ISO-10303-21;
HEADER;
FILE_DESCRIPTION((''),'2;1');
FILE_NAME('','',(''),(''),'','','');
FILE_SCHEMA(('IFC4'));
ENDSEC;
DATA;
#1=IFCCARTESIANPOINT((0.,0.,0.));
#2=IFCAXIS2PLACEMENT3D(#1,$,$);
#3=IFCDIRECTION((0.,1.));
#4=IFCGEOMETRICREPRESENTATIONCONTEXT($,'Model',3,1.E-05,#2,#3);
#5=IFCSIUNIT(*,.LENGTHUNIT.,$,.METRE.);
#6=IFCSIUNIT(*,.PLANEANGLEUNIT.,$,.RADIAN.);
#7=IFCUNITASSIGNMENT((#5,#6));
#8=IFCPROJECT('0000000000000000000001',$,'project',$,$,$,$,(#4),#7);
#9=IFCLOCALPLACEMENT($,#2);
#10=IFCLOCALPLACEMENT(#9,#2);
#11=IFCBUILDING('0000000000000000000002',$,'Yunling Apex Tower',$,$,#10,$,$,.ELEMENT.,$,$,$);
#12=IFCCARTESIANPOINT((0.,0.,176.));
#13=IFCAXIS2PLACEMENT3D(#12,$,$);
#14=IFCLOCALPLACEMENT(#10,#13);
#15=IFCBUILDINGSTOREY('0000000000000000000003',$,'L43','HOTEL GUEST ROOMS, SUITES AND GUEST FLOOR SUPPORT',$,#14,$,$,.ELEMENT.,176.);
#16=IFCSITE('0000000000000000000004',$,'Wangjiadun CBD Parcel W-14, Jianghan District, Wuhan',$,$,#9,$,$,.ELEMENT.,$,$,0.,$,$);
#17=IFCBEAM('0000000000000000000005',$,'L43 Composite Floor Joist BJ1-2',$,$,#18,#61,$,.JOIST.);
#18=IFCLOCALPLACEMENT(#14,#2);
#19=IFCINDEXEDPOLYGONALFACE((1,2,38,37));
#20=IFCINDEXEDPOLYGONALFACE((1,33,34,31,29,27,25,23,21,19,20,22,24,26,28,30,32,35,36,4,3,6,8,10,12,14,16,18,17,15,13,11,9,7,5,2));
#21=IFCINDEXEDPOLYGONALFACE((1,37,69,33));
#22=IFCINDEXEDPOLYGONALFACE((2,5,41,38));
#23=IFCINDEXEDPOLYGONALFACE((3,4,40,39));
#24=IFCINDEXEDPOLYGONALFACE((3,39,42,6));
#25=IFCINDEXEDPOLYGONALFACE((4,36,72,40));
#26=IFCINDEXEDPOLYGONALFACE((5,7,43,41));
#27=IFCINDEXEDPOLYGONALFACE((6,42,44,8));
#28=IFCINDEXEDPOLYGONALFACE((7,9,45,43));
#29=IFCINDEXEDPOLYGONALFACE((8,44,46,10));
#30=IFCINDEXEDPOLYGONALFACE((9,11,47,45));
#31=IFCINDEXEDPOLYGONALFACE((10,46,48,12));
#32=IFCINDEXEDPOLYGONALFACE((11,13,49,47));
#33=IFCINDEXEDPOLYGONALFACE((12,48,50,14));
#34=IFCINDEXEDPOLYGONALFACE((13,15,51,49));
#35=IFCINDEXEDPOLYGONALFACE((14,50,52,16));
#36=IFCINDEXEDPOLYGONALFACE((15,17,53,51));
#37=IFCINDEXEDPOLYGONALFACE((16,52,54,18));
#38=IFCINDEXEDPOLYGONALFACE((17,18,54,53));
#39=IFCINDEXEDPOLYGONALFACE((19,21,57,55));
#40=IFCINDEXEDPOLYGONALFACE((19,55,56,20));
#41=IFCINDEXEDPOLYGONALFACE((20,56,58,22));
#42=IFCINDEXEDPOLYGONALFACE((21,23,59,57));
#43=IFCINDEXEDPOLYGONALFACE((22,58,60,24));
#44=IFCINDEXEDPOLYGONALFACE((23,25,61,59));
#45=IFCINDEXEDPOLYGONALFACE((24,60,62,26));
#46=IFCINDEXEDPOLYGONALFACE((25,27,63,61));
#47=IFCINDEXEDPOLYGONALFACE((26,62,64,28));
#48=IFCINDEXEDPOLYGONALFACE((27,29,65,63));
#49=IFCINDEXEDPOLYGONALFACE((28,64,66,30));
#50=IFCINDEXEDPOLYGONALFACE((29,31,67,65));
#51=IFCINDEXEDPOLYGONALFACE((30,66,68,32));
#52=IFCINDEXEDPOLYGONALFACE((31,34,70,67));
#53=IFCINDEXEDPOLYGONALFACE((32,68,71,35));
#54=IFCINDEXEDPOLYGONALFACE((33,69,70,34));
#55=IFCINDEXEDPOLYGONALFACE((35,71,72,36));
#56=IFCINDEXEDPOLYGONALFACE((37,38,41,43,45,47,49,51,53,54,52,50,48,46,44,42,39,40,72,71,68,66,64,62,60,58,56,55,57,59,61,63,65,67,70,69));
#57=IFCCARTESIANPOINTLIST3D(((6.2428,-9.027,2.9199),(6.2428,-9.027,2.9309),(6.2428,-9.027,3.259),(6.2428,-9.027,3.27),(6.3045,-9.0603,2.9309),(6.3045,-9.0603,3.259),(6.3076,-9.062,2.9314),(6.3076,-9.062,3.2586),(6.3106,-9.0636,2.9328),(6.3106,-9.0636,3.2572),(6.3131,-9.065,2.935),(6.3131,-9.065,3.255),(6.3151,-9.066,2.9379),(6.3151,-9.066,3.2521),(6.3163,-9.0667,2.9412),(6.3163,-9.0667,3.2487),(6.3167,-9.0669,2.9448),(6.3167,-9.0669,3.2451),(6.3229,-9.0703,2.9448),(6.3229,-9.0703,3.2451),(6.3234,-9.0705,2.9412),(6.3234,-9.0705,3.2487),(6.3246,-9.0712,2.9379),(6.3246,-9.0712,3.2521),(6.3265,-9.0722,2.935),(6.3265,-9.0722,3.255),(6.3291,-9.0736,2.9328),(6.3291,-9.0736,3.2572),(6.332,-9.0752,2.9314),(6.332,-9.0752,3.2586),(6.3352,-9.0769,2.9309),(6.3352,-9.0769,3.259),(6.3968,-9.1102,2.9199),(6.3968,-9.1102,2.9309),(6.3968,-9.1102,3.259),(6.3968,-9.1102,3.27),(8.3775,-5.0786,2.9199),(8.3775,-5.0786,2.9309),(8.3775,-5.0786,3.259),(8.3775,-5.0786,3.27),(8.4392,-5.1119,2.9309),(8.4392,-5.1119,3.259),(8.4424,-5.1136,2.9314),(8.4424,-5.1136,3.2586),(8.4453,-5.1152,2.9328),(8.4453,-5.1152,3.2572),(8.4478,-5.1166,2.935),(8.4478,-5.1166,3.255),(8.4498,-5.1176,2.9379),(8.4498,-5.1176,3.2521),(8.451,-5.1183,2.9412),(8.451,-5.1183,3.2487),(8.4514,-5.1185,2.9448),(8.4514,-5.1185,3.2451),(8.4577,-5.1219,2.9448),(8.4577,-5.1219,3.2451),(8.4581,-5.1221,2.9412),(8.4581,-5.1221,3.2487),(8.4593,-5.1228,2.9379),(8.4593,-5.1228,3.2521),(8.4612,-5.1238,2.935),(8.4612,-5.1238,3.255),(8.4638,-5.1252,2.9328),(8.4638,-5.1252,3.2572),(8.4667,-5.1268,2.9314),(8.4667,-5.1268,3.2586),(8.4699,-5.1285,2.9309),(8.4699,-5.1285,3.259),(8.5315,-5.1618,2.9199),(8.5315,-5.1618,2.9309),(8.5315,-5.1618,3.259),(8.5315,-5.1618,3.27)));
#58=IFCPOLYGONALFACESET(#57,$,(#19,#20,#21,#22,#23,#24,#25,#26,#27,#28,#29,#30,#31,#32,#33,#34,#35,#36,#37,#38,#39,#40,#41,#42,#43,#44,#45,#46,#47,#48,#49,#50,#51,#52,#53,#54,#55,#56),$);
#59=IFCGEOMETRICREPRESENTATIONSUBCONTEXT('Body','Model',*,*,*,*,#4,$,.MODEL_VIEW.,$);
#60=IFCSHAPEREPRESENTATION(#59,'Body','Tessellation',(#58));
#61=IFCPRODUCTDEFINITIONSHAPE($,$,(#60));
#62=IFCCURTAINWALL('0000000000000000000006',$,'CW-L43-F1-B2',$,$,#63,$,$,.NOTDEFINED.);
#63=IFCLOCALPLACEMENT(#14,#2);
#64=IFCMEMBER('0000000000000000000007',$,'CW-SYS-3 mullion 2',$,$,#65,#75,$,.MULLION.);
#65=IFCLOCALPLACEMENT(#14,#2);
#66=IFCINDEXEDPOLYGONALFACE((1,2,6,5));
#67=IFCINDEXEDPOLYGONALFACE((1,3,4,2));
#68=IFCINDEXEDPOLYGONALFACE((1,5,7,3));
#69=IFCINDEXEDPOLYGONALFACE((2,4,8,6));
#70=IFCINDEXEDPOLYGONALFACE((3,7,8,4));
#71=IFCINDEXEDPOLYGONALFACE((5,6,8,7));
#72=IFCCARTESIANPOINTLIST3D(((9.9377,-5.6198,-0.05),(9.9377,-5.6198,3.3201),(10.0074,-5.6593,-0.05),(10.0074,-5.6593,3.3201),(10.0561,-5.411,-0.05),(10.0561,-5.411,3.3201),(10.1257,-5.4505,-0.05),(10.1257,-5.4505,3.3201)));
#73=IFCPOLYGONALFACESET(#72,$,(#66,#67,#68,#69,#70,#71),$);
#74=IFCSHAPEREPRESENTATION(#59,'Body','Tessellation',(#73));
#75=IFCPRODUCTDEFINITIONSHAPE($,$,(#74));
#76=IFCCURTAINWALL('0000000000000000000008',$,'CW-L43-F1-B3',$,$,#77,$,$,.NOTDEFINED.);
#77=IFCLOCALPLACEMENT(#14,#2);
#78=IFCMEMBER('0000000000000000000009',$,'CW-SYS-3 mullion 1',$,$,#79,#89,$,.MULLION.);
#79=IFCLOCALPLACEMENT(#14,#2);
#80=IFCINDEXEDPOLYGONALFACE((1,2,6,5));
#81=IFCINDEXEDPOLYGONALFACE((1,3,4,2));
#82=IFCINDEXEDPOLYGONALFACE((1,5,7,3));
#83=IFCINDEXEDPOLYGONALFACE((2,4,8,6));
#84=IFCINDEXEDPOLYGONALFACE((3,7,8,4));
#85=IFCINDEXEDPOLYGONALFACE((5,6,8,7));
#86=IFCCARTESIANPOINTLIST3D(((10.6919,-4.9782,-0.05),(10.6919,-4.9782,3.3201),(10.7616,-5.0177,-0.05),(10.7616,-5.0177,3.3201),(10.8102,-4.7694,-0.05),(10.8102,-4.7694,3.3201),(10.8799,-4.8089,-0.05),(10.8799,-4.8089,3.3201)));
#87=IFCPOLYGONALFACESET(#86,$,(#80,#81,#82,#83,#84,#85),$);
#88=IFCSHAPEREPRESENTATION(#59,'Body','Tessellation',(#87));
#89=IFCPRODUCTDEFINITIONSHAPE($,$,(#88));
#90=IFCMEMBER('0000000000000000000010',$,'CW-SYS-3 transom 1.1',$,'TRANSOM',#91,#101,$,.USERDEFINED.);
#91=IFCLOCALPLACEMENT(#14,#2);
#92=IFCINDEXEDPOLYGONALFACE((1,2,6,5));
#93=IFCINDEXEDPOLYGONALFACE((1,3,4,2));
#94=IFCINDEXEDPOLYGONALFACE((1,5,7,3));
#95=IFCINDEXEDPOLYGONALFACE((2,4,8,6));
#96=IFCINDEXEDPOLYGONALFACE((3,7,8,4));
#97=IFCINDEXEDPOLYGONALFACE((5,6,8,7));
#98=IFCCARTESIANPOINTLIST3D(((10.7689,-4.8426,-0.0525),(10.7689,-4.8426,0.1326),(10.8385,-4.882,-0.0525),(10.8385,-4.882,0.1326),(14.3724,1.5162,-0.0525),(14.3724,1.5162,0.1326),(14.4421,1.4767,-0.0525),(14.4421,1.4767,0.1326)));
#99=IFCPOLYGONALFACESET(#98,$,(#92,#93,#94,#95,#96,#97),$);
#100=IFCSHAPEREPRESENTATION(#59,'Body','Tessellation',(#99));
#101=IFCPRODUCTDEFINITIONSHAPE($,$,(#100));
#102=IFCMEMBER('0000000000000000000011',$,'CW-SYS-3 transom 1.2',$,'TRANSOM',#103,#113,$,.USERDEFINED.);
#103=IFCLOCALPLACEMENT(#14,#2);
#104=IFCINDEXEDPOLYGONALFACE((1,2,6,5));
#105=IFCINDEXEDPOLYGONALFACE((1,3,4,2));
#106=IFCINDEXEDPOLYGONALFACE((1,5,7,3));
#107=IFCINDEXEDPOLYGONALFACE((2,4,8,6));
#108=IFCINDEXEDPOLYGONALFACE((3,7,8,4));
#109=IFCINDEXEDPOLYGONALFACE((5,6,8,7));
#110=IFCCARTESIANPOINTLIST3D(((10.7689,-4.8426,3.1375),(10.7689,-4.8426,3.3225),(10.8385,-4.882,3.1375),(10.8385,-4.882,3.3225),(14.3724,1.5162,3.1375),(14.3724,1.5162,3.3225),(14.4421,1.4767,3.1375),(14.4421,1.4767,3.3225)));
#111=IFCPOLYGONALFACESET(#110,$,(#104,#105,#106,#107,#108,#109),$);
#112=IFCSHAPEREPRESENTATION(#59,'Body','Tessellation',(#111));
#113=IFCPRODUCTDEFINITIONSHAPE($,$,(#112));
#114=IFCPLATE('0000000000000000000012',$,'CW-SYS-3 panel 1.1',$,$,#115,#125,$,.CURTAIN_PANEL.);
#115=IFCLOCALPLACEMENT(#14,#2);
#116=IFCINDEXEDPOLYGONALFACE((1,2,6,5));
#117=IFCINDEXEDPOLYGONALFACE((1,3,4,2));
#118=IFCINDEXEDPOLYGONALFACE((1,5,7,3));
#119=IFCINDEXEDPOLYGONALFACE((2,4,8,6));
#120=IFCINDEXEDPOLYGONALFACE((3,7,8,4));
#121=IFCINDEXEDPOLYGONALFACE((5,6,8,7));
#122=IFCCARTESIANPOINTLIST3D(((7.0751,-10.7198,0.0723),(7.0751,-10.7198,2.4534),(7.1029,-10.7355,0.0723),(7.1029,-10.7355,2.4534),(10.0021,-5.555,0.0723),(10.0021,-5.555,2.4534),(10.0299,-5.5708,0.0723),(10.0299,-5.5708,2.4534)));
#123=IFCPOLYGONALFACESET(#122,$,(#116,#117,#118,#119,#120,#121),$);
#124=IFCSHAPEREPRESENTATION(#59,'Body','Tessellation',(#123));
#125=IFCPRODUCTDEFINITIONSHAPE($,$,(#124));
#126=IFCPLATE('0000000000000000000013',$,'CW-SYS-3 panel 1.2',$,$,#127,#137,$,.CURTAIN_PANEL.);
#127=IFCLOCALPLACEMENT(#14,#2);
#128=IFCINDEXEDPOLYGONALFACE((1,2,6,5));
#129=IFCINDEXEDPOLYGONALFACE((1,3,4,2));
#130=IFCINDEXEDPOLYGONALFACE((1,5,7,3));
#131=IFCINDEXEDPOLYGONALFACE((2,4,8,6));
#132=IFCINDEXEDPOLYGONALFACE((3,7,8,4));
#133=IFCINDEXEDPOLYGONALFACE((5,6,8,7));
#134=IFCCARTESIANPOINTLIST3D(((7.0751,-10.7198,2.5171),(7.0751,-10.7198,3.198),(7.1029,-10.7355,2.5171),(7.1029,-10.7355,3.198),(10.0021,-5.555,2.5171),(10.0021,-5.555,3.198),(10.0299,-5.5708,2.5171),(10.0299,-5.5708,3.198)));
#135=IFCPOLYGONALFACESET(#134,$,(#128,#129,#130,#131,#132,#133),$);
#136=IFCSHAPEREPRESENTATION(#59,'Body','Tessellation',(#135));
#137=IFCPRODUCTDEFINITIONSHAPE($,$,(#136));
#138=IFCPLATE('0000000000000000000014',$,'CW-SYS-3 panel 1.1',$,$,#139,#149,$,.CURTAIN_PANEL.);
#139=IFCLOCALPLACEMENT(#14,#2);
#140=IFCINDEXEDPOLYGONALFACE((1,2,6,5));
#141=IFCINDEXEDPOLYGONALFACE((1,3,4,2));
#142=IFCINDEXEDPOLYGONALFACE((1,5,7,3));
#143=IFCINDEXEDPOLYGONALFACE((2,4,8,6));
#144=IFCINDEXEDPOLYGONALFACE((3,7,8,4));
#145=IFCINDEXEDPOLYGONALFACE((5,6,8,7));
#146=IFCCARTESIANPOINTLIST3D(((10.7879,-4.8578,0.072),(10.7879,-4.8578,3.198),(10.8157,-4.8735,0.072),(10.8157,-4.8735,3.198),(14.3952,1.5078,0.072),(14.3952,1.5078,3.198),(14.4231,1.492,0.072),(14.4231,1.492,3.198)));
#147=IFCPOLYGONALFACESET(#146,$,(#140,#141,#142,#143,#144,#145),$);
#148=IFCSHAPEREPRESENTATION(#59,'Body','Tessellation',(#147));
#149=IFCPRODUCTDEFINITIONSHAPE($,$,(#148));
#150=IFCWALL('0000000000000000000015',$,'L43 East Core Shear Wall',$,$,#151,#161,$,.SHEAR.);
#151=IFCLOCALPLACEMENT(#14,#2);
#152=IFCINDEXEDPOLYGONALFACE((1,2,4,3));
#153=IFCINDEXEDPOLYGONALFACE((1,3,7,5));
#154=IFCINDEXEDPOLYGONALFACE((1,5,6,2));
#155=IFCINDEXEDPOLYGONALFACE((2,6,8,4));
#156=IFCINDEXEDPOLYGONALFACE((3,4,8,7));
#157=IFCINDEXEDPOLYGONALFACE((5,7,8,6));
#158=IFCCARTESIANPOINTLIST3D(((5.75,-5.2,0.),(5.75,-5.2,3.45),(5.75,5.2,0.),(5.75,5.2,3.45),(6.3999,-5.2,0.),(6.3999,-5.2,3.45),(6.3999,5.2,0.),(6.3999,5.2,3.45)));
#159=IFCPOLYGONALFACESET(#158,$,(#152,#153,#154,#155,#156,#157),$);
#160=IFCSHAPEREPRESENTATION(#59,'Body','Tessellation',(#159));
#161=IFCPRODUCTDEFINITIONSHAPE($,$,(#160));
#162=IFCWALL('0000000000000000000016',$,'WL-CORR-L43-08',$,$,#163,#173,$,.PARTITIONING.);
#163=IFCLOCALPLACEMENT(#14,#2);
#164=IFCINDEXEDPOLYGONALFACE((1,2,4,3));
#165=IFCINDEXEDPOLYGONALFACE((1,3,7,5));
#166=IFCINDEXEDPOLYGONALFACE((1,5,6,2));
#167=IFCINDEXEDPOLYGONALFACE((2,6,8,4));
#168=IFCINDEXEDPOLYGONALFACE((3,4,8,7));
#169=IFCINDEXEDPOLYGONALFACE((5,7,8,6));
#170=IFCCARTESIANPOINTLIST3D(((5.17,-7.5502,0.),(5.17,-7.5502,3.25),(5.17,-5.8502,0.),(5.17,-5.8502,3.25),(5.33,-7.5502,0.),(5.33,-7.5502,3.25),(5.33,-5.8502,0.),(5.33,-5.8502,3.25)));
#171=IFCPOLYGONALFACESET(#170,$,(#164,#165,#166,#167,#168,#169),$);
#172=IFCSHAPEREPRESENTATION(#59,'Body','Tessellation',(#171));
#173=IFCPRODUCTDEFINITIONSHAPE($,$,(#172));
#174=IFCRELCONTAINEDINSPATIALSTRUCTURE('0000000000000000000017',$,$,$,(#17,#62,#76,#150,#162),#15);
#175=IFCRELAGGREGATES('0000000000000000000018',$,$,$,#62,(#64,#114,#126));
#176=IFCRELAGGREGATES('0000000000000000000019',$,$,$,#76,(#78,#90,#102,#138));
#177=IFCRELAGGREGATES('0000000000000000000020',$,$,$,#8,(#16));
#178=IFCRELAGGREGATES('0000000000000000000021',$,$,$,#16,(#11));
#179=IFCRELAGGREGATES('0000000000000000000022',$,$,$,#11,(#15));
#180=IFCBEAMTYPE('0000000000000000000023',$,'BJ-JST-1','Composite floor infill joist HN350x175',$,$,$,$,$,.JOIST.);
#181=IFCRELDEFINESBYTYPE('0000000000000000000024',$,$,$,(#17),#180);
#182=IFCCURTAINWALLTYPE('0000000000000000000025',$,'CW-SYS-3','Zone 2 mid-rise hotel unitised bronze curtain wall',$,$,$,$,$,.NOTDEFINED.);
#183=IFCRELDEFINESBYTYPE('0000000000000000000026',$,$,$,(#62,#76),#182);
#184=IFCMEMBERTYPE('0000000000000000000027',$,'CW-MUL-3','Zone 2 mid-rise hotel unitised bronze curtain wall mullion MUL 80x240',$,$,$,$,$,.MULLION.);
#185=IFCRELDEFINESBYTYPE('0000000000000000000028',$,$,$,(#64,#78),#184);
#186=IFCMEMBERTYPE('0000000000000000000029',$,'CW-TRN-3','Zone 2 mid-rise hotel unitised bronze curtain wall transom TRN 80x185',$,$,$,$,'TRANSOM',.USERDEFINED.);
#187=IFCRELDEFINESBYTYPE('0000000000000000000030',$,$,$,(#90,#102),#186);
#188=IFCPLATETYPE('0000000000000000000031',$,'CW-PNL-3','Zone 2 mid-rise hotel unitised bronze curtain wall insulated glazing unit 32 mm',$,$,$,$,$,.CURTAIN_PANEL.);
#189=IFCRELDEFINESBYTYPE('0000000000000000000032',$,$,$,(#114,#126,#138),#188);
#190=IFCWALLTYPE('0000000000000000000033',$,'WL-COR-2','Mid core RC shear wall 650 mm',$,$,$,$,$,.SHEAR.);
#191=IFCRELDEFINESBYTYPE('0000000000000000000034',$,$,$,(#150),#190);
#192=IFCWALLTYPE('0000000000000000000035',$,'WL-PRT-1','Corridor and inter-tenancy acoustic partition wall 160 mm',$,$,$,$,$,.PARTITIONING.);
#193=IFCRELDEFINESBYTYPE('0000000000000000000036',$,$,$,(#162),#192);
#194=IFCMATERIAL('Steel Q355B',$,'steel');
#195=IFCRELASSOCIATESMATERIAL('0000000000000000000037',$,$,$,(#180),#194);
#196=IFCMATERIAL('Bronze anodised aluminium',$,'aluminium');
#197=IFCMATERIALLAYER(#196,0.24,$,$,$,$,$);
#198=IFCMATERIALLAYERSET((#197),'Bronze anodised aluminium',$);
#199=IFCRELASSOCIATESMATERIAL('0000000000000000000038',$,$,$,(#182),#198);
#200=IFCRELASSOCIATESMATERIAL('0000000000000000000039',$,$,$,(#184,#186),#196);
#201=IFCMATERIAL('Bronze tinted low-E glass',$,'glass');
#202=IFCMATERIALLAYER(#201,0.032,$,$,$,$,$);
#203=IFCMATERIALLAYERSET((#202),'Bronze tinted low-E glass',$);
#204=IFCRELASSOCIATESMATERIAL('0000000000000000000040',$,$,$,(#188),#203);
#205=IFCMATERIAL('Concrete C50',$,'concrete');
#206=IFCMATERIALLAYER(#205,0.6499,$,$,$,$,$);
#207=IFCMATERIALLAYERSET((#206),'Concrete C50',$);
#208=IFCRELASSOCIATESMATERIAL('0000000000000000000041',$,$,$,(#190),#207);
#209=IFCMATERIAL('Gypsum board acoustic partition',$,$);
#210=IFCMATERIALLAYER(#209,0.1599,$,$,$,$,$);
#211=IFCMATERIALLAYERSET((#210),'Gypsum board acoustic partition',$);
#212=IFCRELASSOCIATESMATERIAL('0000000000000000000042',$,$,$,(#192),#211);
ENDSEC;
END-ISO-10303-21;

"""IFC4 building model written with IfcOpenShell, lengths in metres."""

from ifc_helpers import new_model, si_unit, direction, frame, frame_2d, origin, origin_2d, place, context, subcontext, project, spatial, rectangle, i_section, extrude, source, transform, mapped, material, layer, layer_set, material_profile, profile_set, type_object, element, aggregate, save


model = new_model("IFC4")

# Units and contexts
model_context = context("Model", 3, precision=1e-05, world=origin(), true_north=direction((0.0, 1.0)))
body_context = subcontext(model_context, "Body", "Model", "MODEL_VIEW")
ifc_project = project(units=[si_unit("LENGTHUNIT", "METRE"), si_unit("PLANEANGLEUNIT", "RADIAN")], contexts=[model_context])

# Site, building, storey
site_placement = place(None, origin())
site = spatial("IfcSite", under=ifc_project, at=site_placement, Name="Wangjiadun CBD Parcel W-14, Jianghan District, Wuhan", CompositionType="ELEMENT", RefElevation=0.0)
building_placement = place(site_placement, origin())
building = spatial("IfcBuilding", under=site, at=building_placement, Name="Yunling Apex Tower", CompositionType="ELEMENT")
storey_placement = place(building_placement, frame((0.0, 0.0, 176.0)))
storey = spatial("IfcBuildingStorey", under=building, at=storey_placement, Name="L43", Description="HOTEL GUEST ROOMS, SUITES AND GUEST FLOOR SUPPORT", CompositionType="ELEMENT", Elevation=176.0)

# Shared definitions
ifc_material_1 = material(Name="Concrete C50", Category="concrete")

# Beam
ifc_material_2 = material(Name="Steel Q355B", Category="steel")
ifc_material_profile_1 = material_profile(ifc_material_2, i_section(OverallWidth=0.175, OverallDepth=0.3501, WebThickness=0.0071, FlangeThickness=0.011, FilletRadius=0.0139, at=origin_2d()))
ifc_profile_set_1 = profile_set([ifc_material_profile_1], Name="Steel Q355B")
beam_type_1 = type_object("IfcBeamType", Name="BJ-JST-1", Description="Composite floor infill joist HN350x175", PredefinedType="JOIST", material=ifc_profile_set_1)
shared_shape_1 = source(origin(), body_context, "Body", "SweptSolid", [
    extrude(i_section(OverallWidth=0.175, OverallDepth=0.3501, WebThickness=0.0071, FlangeThickness=0.011, FilletRadius=0.0139, at=origin_2d()), origin(), (0.0, 0.0, 1.0), 4.4885),
])
beam_1_placement = place(storey_placement, frame((6.3198, -9.0686, 3.095), z_axis=(0.475594, 0.879665, 0.0), x_axis=(-0.879665, 0.475594, 0.0)))
element("IfcBeam", 1, at=beam_1_placement, inside=storey, type_object=beam_type_1, Name="L43 Composite Floor Joist BJ1-2", PredefinedType="JOIST", context=body_context, shape_type="MappedRepresentation", body=[
    mapped(shared_shape_1, transform((0.0, 0.0, 0.0), scale=1.0)),
])

# Curtain wall, member
ifc_material_3 = material(Name="Bronze anodised aluminium", Category="aluminium")
ifc_layer_1 = layer(ifc_material_3, 0.24)
ifc_layer_set_1 = layer_set([ifc_layer_1], Name="Bronze anodised aluminium")
curtain_wall_type = type_object("IfcCurtainWallType", Name="CW-SYS-3", Description="Zone 2 mid-rise hotel unitised bronze curtain wall", PredefinedType="NOTDEFINED", material=ifc_layer_set_1)
curtain_wall_1_placement = place(storey_placement, origin())
curtain_wall_1 = element("IfcCurtainWall", 2, at=curtain_wall_1_placement, inside=storey, type_object=curtain_wall_type, Name="CW-L43-F1-B2", PredefinedType="NOTDEFINED")
ifc_material_profile_2 = material_profile(ifc_material_3, rectangle(XDim=0.0801, YDim=0.24, at=origin_2d()))
ifc_profile_set_2 = profile_set([ifc_material_profile_2], Name="Bronze anodised aluminium")
member_type_1 = type_object("IfcMemberType", Name="CW-MUL-3", Description="Zone 2 mid-rise hotel unitised bronze curtain wall mullion MUL 80x240", PredefinedType="MULLION", material=ifc_profile_set_2)
shared_shape_2 = source(origin(), body_context, "Body", "SweptSolid", [
    extrude(rectangle(XDim=0.0801, YDim=0.24, at=origin_2d()), origin(), (0.0, 0.0, 1.0), 3.3701),
])
member_1_placement = place(storey_placement, frame((10.0317, -5.5352, -0.05), z_axis=(0.0, 0.0, 1.0), x_axis=(-0.870003, 0.493047, 0.0)))
member_1 = element("IfcMember", 3, at=member_1_placement, type_object=member_type_1, Name="CW-SYS-3 mullion 2", PredefinedType="MULLION", context=body_context, shape_type="MappedRepresentation", body=[
    mapped(shared_shape_2, transform((0.0, 0.0, 0.0), scale=1.0)),
])

# Curtain wall, members
curtain_wall_2_placement = place(storey_placement, origin())
curtain_wall_2 = element("IfcCurtainWall", 4, at=curtain_wall_2_placement, inside=storey, type_object=curtain_wall_type, Name="CW-L43-F1-B3", PredefinedType="NOTDEFINED")
member_2_placement = place(storey_placement, frame((10.7859, -4.8936, -0.05), z_axis=(0.0, 0.0, 1.0), x_axis=(-0.870009, 0.493035, 0.0)))
member_2 = element("IfcMember", 5, at=member_2_placement, type_object=member_type_1, Name="CW-SYS-3 mullion 1", PredefinedType="MULLION", context=body_context, shape_type="MappedRepresentation", body=[
    mapped(shared_shape_2, transform((0.0, 0.0, 0.0), scale=1.0)),
])
ifc_material_profile_3 = material_profile(ifc_material_3, rectangle(XDim=0.0801, YDim=0.1851, at=origin_2d()))
ifc_profile_set_3 = profile_set([ifc_material_profile_3], Name="Bronze anodised aluminium")
member_type_2 = type_object("IfcMemberType", Name="CW-TRN-3", Description="Zone 2 mid-rise hotel unitised bronze curtain wall transom TRN 80x185", ElementType="TRANSOM", PredefinedType="USERDEFINED", material=ifc_profile_set_3)
shared_shape_3 = source(origin(), body_context, "Body", "SweptSolid", [
    extrude(rectangle(XDim=0.0801, YDim=0.1851, at=origin_2d()), origin(), (0.0, 0.0, 1.0), 7.3088),
])
member_3_placement = place(storey_placement, frame((10.8037, -4.8623, 0.04), z_axis=(0.493042, 0.870005, 0.0), x_axis=(-0.870005, 0.493042, 0.0)))
member_3 = element("IfcMember", 6, at=member_3_placement, type_object=member_type_2, Name="CW-SYS-3 transom 1.1", ObjectType="TRANSOM", PredefinedType="USERDEFINED", context=body_context, shape_type="MappedRepresentation", body=[
    mapped(shared_shape_3, transform((0.0, 0.0, 0.0), scale=1.0)),
])
member_4_placement = place(storey_placement, frame((10.8037, -4.8623, 3.23), z_axis=(0.493042, 0.870005, 0.0), x_axis=(-0.870005, 0.493042, 0.0)))
member_4 = element("IfcMember", 7, at=member_4_placement, type_object=member_type_2, Name="CW-SYS-3 transom 1.2", ObjectType="TRANSOM", PredefinedType="USERDEFINED", context=body_context, shape_type="MappedRepresentation", body=[
    mapped(shared_shape_3, transform((0.0, 0.0, 0.0), scale=1.0)),
])

# Plates
ifc_material_4 = material(Name="Bronze tinted low-E glass", Category="glass")
ifc_layer_2 = layer(ifc_material_4, 0.032)
ifc_layer_set_2 = layer_set([ifc_layer_2], Name="Bronze tinted low-E glass")
plate_type = type_object("IfcPlateType", Name="CW-PNL-3", Description="Zone 2 mid-rise hotel unitised bronze curtain wall insulated glazing unit 32 mm", PredefinedType="CURTAIN_PANEL", material=ifc_layer_set_2)
shared_shape_4 = source(origin(), body_context, "Body", "SweptSolid", [
    extrude(rectangle(XDim=5.9365, YDim=0.032, at=origin_2d()), origin(), (0.0, 0.0, 1.0), 2.3811),
])
plate_1_placement = place(storey_placement, frame((8.5525, -8.1453, 0.0723), z_axis=(0.0, 0.0, 1.0), x_axis=(0.493047, 0.870003, 0.0)))
plate_1 = element("IfcPlate", 8, at=plate_1_placement, type_object=plate_type, Name="CW-SYS-3 panel 1.1", PredefinedType="CURTAIN_PANEL", context=body_context, shape_type="MappedRepresentation", body=[
    mapped(shared_shape_4, transform((0.0, 0.0, 0.0), scale=1.0)),
])
shared_shape_5 = source(origin(), body_context, "Body", "SweptSolid", [
    extrude(rectangle(XDim=5.9365, YDim=0.032, at=origin_2d()), origin(), (0.0, 0.0, 1.0), 0.6809),
])
plate_2_placement = place(storey_placement, frame((8.5525, -8.1453, 2.5171), z_axis=(0.0, 0.0, 1.0), x_axis=(0.493047, 0.870003, 0.0)))
plate_2 = element("IfcPlate", 9, at=plate_2_placement, type_object=plate_type, Name="CW-SYS-3 panel 1.2", PredefinedType="CURTAIN_PANEL", context=body_context, shape_type="MappedRepresentation", body=[
    mapped(shared_shape_5, transform((0.0, 0.0, 0.0), scale=1.0)),
])
aggregate(curtain_wall_1, [member_1, plate_1, plate_2])
shared_shape_6 = source(origin(), body_context, "Body", "SweptSolid", [
    extrude(rectangle(XDim=7.3167, YDim=0.032, at=origin_2d()), origin(), (0.0, 0.0, 1.0), 3.126),
])
plate_3_placement = place(storey_placement, frame((12.6055, -1.6829, 0.072), z_axis=(0.0, 0.0, 1.0), x_axis=(0.493035, 0.870009, 0.0)))
plate_3 = element("IfcPlate", 10, at=plate_3_placement, type_object=plate_type, Name="CW-SYS-3 panel 1.1", PredefinedType="CURTAIN_PANEL", context=body_context, shape_type="MappedRepresentation", body=[
    mapped(shared_shape_6, transform((0.0, 0.0, 0.0), scale=1.0)),
])
aggregate(curtain_wall_2, [member_2, member_3, member_4, plate_3])

# Walls
ifc_layer_3 = layer(ifc_material_1, 0.6499)
ifc_layer_set_3 = layer_set([ifc_layer_3], Name="Concrete C50")
wall_type_1 = type_object("IfcWallType", Name="WL-COR-2", Description="Mid core RC shear wall 650 mm", PredefinedType="SHEAR", material=ifc_layer_set_3)
wall_1_placement = place(storey_placement, frame((6.075, -5.2, 0.0), z_axis=(0.0, 0.0, 1.0), x_axis=(0.0, 1.0, 0.0)))
element("IfcWall", 11, at=wall_1_placement, inside=storey, type_object=wall_type_1, Name="L43 East Core Shear Wall", PredefinedType="SHEAR", context=body_context, shape_type="SweptSolid", body=[
    extrude(rectangle(XDim=10.3999, YDim=0.6499, at=frame_2d((5.2, 0.0))), origin(), (0.0, 0.0, 1.0), 3.45),
])
ifc_material_5 = material(Name="Gypsum board acoustic partition")
ifc_layer_4 = layer(ifc_material_5, 0.1599)
ifc_layer_set_4 = layer_set([ifc_layer_4], Name="Gypsum board acoustic partition")
wall_type_2 = type_object("IfcWallType", Name="WL-PRT-1", Description="Corridor and inter-tenancy acoustic partition wall 160 mm", PredefinedType="PARTITIONING", material=ifc_layer_set_4)
wall_2_placement = place(storey_placement, frame((5.25, -5.8501, 0.0), z_axis=(0.0, 0.0, 1.0), x_axis=(0.0, -1.0, 0.0)))
element("IfcWall", 12, at=wall_2_placement, inside=storey, type_object=wall_type_2, Name="WL-CORR-L43-08", PredefinedType="PARTITIONING", context=body_context, shape_type="SweptSolid", body=[
    extrude(rectangle(XDim=1.7, YDim=0.1599, at=frame_2d((0.8501, 0.0))), origin(), (0.0, 0.0, 1.0), 3.25),
])

save(model, "model.ifc")
